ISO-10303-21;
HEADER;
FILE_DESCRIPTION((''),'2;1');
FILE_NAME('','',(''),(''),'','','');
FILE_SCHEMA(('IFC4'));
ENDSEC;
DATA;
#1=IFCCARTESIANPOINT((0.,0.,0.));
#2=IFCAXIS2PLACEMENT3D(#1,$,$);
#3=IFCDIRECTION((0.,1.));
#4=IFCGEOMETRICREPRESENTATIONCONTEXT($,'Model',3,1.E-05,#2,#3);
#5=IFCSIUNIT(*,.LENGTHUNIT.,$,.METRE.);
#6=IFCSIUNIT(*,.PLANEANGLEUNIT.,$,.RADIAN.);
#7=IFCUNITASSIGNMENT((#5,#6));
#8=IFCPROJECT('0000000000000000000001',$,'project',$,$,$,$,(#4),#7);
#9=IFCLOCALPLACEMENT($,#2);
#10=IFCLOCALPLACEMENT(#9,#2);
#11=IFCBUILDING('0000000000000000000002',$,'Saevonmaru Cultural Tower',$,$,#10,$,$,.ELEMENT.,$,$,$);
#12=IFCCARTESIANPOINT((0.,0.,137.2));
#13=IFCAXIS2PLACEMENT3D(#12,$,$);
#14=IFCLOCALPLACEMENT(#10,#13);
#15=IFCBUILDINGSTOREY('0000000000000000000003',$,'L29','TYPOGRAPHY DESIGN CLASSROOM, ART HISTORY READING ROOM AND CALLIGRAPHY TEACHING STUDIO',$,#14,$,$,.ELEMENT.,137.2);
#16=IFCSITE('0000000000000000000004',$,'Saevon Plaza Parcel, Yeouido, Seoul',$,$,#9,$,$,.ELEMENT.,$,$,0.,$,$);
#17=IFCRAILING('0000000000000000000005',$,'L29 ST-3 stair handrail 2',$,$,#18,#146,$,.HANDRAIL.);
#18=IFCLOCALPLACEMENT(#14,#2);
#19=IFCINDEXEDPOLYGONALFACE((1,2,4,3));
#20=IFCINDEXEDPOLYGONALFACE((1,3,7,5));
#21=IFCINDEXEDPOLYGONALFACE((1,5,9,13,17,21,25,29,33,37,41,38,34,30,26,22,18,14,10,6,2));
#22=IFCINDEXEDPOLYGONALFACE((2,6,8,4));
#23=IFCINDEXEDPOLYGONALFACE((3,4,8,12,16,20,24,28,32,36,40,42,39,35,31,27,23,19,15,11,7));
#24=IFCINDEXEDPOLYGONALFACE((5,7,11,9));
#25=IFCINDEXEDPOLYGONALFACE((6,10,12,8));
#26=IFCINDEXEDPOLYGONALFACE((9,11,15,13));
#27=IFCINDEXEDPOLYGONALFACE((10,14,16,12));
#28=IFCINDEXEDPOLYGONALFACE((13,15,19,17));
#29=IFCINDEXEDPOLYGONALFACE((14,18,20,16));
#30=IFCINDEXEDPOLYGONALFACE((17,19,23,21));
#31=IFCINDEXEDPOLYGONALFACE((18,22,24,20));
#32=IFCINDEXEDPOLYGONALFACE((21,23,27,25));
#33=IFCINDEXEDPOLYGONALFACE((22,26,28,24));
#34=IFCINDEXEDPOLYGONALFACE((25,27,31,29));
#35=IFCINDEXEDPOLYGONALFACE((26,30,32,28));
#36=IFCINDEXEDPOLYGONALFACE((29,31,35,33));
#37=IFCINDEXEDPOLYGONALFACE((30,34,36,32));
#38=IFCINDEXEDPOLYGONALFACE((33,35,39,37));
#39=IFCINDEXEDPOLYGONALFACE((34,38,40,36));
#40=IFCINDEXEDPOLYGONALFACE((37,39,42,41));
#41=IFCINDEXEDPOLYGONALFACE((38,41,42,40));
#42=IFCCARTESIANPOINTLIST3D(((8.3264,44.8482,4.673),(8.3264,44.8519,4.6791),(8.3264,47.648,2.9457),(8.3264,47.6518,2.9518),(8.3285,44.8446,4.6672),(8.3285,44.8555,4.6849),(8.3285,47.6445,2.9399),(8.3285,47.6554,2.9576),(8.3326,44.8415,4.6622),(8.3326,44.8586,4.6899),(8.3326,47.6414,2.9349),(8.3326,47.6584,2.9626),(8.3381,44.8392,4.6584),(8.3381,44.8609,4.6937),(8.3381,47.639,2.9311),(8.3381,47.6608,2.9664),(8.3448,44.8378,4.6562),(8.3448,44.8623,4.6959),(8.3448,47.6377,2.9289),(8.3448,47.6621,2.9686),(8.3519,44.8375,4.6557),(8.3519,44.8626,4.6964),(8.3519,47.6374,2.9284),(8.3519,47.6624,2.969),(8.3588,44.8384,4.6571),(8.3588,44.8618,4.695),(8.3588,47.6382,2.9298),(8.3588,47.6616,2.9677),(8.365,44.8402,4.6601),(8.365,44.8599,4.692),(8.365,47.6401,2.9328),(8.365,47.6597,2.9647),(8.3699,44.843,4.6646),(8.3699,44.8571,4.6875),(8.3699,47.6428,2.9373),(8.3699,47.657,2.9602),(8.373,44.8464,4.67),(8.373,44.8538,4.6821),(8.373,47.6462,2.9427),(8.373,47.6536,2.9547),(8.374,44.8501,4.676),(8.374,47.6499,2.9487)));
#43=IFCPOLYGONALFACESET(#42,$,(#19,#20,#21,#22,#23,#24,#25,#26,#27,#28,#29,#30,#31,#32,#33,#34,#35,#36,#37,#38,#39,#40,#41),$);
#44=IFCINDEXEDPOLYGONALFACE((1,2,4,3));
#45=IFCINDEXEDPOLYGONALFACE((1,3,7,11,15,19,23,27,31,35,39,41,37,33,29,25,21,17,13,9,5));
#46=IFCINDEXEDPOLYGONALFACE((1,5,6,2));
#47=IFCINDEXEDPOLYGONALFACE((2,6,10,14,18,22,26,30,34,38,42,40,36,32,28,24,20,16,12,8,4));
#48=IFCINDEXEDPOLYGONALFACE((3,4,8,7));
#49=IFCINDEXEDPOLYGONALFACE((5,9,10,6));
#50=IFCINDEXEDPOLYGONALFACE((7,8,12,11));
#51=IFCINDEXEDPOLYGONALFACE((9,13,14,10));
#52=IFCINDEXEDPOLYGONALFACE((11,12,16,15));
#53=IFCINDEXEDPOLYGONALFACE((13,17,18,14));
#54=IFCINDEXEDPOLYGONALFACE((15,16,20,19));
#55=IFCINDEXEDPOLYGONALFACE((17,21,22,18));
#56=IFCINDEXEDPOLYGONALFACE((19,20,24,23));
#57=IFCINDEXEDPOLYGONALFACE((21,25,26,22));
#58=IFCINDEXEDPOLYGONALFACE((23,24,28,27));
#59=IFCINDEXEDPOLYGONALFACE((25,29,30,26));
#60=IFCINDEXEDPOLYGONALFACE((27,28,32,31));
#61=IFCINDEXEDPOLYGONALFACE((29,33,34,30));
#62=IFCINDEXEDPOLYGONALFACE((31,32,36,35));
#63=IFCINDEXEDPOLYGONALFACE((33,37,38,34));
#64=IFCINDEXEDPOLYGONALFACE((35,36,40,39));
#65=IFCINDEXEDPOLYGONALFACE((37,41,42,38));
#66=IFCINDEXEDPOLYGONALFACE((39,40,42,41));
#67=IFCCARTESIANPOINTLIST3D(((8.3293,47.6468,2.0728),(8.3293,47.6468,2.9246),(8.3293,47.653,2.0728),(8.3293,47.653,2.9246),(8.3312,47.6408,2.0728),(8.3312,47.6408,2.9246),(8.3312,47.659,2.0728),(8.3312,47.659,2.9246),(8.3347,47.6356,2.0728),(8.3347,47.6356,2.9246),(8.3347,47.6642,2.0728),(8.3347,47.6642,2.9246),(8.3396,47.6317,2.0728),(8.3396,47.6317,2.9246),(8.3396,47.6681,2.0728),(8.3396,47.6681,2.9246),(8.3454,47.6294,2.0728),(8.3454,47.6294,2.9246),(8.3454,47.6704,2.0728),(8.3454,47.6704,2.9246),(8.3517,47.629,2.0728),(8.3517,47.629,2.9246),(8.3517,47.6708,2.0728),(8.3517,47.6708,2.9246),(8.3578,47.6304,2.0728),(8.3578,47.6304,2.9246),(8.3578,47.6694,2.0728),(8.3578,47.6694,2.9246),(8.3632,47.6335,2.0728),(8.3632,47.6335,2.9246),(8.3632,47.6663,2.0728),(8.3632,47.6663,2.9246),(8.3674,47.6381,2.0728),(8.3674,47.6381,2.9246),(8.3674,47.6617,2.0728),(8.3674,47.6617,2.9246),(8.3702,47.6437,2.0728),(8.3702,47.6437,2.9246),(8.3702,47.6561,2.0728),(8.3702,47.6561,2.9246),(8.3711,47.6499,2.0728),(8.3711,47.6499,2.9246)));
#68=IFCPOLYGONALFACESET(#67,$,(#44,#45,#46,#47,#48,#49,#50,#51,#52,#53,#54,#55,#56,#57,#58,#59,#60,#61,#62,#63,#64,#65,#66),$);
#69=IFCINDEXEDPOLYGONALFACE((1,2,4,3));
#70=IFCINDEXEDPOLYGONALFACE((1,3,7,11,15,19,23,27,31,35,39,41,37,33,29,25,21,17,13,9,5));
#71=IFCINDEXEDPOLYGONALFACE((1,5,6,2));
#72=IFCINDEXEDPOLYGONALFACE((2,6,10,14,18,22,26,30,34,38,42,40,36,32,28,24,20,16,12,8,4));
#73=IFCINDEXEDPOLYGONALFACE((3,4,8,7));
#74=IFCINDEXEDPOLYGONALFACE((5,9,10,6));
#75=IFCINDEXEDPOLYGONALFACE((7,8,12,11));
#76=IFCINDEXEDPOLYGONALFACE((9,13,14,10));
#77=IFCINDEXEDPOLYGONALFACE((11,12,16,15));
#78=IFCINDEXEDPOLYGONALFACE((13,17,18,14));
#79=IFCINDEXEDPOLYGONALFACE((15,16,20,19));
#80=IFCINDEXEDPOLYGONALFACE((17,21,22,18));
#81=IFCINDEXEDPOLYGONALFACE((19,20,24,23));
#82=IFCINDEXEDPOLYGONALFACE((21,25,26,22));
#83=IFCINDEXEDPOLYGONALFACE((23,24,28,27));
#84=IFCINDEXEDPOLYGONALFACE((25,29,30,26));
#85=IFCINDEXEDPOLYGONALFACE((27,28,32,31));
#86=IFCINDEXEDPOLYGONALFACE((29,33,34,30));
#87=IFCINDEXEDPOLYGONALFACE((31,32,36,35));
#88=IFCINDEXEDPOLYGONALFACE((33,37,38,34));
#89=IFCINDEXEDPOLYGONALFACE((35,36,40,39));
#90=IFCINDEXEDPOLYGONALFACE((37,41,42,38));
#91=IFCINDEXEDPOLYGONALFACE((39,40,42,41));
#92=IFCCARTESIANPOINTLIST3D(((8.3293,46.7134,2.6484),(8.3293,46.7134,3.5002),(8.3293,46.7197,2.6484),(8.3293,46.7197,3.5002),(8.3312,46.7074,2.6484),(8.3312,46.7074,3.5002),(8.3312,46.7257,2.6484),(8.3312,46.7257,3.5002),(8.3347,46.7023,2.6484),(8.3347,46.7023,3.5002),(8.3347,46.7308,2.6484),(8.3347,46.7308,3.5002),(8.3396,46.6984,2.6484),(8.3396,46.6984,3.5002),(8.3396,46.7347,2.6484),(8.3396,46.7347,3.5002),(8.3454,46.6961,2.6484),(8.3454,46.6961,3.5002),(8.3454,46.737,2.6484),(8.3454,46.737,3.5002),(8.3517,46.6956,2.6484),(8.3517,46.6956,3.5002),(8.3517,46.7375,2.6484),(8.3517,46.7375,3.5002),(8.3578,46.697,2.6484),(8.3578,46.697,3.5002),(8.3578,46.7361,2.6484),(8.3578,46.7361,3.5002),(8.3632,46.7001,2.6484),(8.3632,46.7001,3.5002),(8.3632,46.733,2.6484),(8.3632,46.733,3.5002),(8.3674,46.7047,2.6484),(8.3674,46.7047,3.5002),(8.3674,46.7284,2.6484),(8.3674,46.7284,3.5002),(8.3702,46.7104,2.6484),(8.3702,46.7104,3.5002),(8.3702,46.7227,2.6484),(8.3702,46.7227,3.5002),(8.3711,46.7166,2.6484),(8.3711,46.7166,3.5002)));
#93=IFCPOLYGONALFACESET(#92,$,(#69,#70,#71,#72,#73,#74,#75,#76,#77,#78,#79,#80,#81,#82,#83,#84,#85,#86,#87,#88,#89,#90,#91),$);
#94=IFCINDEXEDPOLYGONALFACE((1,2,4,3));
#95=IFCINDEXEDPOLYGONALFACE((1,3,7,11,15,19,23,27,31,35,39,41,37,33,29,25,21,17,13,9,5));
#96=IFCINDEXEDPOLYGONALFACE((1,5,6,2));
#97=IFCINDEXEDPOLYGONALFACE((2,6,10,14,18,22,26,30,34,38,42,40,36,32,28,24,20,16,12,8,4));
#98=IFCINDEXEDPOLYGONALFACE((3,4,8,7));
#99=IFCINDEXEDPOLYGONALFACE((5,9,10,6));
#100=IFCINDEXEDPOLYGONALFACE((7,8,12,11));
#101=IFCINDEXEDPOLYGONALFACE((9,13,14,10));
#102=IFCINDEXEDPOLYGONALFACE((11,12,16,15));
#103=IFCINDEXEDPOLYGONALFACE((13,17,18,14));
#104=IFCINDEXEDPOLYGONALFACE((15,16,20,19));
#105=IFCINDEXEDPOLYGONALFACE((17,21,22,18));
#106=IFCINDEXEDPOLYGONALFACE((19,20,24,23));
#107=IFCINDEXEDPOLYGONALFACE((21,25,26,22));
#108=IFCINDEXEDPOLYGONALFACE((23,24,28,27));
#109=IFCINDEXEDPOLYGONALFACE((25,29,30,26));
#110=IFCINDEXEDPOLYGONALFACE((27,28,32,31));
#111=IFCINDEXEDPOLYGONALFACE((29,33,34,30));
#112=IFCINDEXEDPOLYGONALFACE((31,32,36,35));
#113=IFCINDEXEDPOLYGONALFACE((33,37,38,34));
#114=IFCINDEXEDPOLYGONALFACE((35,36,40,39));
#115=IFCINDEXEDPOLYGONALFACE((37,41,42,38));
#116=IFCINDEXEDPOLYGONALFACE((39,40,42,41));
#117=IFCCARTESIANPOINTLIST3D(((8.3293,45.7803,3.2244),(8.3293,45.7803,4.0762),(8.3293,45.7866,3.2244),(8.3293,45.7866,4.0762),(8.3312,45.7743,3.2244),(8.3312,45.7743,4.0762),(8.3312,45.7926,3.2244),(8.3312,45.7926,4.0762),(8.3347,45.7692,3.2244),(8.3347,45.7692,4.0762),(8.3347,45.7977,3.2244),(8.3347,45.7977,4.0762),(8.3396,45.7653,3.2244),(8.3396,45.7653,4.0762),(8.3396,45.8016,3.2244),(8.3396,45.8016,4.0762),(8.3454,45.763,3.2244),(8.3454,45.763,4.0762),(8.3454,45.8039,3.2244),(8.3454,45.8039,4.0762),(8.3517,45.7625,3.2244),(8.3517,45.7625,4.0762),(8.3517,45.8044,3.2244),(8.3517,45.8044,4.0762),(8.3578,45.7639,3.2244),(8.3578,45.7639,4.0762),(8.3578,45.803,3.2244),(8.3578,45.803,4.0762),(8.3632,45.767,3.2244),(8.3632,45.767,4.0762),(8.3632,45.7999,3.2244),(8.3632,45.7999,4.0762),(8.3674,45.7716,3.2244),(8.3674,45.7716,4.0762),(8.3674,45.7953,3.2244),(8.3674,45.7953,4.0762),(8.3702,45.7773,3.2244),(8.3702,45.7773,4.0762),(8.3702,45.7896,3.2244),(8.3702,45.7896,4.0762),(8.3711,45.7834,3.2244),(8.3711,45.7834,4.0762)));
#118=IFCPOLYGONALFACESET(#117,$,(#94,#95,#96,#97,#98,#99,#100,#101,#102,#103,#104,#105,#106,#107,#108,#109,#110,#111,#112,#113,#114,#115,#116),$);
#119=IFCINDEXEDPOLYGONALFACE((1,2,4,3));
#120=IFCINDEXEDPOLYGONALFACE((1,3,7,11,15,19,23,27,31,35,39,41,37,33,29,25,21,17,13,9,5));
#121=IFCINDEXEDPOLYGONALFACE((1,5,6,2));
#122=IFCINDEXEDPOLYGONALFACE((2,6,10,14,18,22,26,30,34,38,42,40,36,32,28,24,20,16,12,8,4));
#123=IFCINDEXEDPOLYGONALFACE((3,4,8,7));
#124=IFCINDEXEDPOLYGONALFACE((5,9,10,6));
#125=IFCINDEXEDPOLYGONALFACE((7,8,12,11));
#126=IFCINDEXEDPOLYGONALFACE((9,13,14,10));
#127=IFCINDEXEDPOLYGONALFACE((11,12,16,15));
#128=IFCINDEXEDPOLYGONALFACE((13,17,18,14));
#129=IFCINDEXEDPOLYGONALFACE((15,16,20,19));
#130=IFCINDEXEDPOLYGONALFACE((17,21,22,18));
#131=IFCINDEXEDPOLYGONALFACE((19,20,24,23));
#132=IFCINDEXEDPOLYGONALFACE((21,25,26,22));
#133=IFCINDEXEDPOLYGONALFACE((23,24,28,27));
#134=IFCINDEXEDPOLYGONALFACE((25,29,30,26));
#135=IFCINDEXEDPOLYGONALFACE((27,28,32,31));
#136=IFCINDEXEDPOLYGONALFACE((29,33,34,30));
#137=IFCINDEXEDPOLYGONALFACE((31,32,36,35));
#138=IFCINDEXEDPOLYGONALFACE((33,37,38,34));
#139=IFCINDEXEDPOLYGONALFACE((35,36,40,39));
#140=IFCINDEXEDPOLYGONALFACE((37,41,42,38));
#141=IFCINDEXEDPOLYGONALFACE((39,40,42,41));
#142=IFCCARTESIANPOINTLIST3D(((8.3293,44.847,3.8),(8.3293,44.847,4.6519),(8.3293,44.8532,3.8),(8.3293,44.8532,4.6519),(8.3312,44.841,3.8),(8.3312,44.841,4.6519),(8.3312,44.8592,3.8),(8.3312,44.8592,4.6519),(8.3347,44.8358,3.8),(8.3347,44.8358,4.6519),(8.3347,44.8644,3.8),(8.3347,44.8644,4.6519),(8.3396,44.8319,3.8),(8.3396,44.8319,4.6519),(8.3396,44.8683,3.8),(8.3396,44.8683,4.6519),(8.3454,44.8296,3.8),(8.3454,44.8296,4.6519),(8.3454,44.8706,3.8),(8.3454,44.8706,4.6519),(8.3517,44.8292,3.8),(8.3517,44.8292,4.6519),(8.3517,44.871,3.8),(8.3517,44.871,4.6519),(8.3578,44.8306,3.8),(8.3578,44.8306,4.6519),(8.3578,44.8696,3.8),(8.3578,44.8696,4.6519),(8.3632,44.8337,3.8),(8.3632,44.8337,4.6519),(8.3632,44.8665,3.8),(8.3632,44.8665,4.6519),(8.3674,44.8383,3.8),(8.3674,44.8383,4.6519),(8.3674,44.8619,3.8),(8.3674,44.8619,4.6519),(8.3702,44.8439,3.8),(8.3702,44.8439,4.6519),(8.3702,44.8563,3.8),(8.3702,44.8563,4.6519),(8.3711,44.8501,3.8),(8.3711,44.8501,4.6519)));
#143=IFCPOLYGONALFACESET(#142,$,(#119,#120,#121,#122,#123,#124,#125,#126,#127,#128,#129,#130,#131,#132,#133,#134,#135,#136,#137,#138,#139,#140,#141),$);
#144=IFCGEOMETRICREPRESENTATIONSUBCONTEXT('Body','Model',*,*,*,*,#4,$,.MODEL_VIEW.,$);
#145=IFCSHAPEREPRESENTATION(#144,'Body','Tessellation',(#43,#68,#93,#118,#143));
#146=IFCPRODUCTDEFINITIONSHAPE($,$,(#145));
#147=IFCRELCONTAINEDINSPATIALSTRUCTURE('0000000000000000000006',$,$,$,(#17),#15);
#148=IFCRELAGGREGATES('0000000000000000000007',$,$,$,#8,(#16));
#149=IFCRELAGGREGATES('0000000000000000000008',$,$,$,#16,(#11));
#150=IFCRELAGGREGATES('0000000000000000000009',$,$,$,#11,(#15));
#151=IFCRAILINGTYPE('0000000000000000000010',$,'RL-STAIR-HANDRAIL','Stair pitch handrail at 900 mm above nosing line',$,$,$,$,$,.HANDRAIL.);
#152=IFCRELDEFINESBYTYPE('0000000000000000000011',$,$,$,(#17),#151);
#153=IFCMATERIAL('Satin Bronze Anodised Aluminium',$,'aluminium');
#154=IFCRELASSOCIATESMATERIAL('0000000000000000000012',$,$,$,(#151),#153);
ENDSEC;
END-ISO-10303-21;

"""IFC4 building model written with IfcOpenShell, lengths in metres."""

from ifc_helpers import new_model, si_unit, direction, frame, origin, origin_2d, place, context, subcontext, project, spatial, circle, extrude, material, type_object, element, save


model = new_model("IFC4")

# Units and contexts
model_context = context("Model", 3, precision=1e-05, world=origin(), true_north=direction((0.0, 1.0)))
body_context = subcontext(model_context, "Body", "Model", "MODEL_VIEW")
ifc_project = project(units=[si_unit("LENGTHUNIT", "METRE"), si_unit("PLANEANGLEUNIT", "RADIAN")], contexts=[model_context])

# Site, building, storey
site_placement = place(None, origin())
site = spatial("IfcSite", under=ifc_project, at=site_placement, Name="Saevon Plaza Parcel, Yeouido, Seoul", CompositionType="ELEMENT", RefElevation=0.0)
building_placement = place(site_placement, origin())
building = spatial("IfcBuilding", under=site, at=building_placement, Name="Saevonmaru Cultural Tower", CompositionType="ELEMENT")
storey_placement = place(building_placement, frame((0.0, 0.0, 137.2)))
storey = spatial("IfcBuildingStorey", under=building, at=storey_placement, Name="L29", Description="TYPOGRAPHY DESIGN CLASSROOM, ART HISTORY READING ROOM AND CALLIGRAPHY TEACHING STUDIO", CompositionType="ELEMENT", Elevation=137.2)

# Shared definitions
ifc_material_1 = material(Name="Satin Bronze Anodised Aluminium", Category="aluminium")

# Railing
railing_type_1 = type_object("IfcRailingType", Name="RL-STAIR-HANDRAIL", Description="Stair pitch handrail at 900 mm above nosing line", PredefinedType="HANDRAIL", material=ifc_material_1)
railing_1_placement = place(storey_placement, frame((8.3501, 47.6499, 2.0728)))
element("IfcRailing", 1, at=railing_1_placement, inside=storey, type_object=railing_type_1, Name="L29 ST-3 stair handrail 2", PredefinedType="HANDRAIL", context=body_context, shape_type="SweptSolid", body=[
    extrude(circle(Radius=0.0239, at=origin_2d()), frame((0.0, 0.0, 0.876), z_axis=(0.0, -0.851069, 0.525054), x_axis=(1.0, 0.0, 0.0)), (0.0, 0.0, 1.0), 3.2898),
    extrude(circle(Radius=0.021, at=origin_2d()), origin(), (0.0, 0.0, 1.0), 0.8518),
    extrude(circle(Radius=0.021, at=origin_2d()), frame((0.0, -0.9333, 0.5757)), (0.0, 0.0, 1.0), 0.8518),
    extrude(circle(Radius=0.021, at=origin_2d()), frame((0.0, -1.8665, 1.1516)), (0.0, 0.0, 1.0), 0.8518),
    extrude(circle(Radius=0.021, at=origin_2d()), frame((0.0, -2.7998, 1.7273)), (0.0, 0.0, 1.0), 0.8518),
])

save(model, "model.ifc")
